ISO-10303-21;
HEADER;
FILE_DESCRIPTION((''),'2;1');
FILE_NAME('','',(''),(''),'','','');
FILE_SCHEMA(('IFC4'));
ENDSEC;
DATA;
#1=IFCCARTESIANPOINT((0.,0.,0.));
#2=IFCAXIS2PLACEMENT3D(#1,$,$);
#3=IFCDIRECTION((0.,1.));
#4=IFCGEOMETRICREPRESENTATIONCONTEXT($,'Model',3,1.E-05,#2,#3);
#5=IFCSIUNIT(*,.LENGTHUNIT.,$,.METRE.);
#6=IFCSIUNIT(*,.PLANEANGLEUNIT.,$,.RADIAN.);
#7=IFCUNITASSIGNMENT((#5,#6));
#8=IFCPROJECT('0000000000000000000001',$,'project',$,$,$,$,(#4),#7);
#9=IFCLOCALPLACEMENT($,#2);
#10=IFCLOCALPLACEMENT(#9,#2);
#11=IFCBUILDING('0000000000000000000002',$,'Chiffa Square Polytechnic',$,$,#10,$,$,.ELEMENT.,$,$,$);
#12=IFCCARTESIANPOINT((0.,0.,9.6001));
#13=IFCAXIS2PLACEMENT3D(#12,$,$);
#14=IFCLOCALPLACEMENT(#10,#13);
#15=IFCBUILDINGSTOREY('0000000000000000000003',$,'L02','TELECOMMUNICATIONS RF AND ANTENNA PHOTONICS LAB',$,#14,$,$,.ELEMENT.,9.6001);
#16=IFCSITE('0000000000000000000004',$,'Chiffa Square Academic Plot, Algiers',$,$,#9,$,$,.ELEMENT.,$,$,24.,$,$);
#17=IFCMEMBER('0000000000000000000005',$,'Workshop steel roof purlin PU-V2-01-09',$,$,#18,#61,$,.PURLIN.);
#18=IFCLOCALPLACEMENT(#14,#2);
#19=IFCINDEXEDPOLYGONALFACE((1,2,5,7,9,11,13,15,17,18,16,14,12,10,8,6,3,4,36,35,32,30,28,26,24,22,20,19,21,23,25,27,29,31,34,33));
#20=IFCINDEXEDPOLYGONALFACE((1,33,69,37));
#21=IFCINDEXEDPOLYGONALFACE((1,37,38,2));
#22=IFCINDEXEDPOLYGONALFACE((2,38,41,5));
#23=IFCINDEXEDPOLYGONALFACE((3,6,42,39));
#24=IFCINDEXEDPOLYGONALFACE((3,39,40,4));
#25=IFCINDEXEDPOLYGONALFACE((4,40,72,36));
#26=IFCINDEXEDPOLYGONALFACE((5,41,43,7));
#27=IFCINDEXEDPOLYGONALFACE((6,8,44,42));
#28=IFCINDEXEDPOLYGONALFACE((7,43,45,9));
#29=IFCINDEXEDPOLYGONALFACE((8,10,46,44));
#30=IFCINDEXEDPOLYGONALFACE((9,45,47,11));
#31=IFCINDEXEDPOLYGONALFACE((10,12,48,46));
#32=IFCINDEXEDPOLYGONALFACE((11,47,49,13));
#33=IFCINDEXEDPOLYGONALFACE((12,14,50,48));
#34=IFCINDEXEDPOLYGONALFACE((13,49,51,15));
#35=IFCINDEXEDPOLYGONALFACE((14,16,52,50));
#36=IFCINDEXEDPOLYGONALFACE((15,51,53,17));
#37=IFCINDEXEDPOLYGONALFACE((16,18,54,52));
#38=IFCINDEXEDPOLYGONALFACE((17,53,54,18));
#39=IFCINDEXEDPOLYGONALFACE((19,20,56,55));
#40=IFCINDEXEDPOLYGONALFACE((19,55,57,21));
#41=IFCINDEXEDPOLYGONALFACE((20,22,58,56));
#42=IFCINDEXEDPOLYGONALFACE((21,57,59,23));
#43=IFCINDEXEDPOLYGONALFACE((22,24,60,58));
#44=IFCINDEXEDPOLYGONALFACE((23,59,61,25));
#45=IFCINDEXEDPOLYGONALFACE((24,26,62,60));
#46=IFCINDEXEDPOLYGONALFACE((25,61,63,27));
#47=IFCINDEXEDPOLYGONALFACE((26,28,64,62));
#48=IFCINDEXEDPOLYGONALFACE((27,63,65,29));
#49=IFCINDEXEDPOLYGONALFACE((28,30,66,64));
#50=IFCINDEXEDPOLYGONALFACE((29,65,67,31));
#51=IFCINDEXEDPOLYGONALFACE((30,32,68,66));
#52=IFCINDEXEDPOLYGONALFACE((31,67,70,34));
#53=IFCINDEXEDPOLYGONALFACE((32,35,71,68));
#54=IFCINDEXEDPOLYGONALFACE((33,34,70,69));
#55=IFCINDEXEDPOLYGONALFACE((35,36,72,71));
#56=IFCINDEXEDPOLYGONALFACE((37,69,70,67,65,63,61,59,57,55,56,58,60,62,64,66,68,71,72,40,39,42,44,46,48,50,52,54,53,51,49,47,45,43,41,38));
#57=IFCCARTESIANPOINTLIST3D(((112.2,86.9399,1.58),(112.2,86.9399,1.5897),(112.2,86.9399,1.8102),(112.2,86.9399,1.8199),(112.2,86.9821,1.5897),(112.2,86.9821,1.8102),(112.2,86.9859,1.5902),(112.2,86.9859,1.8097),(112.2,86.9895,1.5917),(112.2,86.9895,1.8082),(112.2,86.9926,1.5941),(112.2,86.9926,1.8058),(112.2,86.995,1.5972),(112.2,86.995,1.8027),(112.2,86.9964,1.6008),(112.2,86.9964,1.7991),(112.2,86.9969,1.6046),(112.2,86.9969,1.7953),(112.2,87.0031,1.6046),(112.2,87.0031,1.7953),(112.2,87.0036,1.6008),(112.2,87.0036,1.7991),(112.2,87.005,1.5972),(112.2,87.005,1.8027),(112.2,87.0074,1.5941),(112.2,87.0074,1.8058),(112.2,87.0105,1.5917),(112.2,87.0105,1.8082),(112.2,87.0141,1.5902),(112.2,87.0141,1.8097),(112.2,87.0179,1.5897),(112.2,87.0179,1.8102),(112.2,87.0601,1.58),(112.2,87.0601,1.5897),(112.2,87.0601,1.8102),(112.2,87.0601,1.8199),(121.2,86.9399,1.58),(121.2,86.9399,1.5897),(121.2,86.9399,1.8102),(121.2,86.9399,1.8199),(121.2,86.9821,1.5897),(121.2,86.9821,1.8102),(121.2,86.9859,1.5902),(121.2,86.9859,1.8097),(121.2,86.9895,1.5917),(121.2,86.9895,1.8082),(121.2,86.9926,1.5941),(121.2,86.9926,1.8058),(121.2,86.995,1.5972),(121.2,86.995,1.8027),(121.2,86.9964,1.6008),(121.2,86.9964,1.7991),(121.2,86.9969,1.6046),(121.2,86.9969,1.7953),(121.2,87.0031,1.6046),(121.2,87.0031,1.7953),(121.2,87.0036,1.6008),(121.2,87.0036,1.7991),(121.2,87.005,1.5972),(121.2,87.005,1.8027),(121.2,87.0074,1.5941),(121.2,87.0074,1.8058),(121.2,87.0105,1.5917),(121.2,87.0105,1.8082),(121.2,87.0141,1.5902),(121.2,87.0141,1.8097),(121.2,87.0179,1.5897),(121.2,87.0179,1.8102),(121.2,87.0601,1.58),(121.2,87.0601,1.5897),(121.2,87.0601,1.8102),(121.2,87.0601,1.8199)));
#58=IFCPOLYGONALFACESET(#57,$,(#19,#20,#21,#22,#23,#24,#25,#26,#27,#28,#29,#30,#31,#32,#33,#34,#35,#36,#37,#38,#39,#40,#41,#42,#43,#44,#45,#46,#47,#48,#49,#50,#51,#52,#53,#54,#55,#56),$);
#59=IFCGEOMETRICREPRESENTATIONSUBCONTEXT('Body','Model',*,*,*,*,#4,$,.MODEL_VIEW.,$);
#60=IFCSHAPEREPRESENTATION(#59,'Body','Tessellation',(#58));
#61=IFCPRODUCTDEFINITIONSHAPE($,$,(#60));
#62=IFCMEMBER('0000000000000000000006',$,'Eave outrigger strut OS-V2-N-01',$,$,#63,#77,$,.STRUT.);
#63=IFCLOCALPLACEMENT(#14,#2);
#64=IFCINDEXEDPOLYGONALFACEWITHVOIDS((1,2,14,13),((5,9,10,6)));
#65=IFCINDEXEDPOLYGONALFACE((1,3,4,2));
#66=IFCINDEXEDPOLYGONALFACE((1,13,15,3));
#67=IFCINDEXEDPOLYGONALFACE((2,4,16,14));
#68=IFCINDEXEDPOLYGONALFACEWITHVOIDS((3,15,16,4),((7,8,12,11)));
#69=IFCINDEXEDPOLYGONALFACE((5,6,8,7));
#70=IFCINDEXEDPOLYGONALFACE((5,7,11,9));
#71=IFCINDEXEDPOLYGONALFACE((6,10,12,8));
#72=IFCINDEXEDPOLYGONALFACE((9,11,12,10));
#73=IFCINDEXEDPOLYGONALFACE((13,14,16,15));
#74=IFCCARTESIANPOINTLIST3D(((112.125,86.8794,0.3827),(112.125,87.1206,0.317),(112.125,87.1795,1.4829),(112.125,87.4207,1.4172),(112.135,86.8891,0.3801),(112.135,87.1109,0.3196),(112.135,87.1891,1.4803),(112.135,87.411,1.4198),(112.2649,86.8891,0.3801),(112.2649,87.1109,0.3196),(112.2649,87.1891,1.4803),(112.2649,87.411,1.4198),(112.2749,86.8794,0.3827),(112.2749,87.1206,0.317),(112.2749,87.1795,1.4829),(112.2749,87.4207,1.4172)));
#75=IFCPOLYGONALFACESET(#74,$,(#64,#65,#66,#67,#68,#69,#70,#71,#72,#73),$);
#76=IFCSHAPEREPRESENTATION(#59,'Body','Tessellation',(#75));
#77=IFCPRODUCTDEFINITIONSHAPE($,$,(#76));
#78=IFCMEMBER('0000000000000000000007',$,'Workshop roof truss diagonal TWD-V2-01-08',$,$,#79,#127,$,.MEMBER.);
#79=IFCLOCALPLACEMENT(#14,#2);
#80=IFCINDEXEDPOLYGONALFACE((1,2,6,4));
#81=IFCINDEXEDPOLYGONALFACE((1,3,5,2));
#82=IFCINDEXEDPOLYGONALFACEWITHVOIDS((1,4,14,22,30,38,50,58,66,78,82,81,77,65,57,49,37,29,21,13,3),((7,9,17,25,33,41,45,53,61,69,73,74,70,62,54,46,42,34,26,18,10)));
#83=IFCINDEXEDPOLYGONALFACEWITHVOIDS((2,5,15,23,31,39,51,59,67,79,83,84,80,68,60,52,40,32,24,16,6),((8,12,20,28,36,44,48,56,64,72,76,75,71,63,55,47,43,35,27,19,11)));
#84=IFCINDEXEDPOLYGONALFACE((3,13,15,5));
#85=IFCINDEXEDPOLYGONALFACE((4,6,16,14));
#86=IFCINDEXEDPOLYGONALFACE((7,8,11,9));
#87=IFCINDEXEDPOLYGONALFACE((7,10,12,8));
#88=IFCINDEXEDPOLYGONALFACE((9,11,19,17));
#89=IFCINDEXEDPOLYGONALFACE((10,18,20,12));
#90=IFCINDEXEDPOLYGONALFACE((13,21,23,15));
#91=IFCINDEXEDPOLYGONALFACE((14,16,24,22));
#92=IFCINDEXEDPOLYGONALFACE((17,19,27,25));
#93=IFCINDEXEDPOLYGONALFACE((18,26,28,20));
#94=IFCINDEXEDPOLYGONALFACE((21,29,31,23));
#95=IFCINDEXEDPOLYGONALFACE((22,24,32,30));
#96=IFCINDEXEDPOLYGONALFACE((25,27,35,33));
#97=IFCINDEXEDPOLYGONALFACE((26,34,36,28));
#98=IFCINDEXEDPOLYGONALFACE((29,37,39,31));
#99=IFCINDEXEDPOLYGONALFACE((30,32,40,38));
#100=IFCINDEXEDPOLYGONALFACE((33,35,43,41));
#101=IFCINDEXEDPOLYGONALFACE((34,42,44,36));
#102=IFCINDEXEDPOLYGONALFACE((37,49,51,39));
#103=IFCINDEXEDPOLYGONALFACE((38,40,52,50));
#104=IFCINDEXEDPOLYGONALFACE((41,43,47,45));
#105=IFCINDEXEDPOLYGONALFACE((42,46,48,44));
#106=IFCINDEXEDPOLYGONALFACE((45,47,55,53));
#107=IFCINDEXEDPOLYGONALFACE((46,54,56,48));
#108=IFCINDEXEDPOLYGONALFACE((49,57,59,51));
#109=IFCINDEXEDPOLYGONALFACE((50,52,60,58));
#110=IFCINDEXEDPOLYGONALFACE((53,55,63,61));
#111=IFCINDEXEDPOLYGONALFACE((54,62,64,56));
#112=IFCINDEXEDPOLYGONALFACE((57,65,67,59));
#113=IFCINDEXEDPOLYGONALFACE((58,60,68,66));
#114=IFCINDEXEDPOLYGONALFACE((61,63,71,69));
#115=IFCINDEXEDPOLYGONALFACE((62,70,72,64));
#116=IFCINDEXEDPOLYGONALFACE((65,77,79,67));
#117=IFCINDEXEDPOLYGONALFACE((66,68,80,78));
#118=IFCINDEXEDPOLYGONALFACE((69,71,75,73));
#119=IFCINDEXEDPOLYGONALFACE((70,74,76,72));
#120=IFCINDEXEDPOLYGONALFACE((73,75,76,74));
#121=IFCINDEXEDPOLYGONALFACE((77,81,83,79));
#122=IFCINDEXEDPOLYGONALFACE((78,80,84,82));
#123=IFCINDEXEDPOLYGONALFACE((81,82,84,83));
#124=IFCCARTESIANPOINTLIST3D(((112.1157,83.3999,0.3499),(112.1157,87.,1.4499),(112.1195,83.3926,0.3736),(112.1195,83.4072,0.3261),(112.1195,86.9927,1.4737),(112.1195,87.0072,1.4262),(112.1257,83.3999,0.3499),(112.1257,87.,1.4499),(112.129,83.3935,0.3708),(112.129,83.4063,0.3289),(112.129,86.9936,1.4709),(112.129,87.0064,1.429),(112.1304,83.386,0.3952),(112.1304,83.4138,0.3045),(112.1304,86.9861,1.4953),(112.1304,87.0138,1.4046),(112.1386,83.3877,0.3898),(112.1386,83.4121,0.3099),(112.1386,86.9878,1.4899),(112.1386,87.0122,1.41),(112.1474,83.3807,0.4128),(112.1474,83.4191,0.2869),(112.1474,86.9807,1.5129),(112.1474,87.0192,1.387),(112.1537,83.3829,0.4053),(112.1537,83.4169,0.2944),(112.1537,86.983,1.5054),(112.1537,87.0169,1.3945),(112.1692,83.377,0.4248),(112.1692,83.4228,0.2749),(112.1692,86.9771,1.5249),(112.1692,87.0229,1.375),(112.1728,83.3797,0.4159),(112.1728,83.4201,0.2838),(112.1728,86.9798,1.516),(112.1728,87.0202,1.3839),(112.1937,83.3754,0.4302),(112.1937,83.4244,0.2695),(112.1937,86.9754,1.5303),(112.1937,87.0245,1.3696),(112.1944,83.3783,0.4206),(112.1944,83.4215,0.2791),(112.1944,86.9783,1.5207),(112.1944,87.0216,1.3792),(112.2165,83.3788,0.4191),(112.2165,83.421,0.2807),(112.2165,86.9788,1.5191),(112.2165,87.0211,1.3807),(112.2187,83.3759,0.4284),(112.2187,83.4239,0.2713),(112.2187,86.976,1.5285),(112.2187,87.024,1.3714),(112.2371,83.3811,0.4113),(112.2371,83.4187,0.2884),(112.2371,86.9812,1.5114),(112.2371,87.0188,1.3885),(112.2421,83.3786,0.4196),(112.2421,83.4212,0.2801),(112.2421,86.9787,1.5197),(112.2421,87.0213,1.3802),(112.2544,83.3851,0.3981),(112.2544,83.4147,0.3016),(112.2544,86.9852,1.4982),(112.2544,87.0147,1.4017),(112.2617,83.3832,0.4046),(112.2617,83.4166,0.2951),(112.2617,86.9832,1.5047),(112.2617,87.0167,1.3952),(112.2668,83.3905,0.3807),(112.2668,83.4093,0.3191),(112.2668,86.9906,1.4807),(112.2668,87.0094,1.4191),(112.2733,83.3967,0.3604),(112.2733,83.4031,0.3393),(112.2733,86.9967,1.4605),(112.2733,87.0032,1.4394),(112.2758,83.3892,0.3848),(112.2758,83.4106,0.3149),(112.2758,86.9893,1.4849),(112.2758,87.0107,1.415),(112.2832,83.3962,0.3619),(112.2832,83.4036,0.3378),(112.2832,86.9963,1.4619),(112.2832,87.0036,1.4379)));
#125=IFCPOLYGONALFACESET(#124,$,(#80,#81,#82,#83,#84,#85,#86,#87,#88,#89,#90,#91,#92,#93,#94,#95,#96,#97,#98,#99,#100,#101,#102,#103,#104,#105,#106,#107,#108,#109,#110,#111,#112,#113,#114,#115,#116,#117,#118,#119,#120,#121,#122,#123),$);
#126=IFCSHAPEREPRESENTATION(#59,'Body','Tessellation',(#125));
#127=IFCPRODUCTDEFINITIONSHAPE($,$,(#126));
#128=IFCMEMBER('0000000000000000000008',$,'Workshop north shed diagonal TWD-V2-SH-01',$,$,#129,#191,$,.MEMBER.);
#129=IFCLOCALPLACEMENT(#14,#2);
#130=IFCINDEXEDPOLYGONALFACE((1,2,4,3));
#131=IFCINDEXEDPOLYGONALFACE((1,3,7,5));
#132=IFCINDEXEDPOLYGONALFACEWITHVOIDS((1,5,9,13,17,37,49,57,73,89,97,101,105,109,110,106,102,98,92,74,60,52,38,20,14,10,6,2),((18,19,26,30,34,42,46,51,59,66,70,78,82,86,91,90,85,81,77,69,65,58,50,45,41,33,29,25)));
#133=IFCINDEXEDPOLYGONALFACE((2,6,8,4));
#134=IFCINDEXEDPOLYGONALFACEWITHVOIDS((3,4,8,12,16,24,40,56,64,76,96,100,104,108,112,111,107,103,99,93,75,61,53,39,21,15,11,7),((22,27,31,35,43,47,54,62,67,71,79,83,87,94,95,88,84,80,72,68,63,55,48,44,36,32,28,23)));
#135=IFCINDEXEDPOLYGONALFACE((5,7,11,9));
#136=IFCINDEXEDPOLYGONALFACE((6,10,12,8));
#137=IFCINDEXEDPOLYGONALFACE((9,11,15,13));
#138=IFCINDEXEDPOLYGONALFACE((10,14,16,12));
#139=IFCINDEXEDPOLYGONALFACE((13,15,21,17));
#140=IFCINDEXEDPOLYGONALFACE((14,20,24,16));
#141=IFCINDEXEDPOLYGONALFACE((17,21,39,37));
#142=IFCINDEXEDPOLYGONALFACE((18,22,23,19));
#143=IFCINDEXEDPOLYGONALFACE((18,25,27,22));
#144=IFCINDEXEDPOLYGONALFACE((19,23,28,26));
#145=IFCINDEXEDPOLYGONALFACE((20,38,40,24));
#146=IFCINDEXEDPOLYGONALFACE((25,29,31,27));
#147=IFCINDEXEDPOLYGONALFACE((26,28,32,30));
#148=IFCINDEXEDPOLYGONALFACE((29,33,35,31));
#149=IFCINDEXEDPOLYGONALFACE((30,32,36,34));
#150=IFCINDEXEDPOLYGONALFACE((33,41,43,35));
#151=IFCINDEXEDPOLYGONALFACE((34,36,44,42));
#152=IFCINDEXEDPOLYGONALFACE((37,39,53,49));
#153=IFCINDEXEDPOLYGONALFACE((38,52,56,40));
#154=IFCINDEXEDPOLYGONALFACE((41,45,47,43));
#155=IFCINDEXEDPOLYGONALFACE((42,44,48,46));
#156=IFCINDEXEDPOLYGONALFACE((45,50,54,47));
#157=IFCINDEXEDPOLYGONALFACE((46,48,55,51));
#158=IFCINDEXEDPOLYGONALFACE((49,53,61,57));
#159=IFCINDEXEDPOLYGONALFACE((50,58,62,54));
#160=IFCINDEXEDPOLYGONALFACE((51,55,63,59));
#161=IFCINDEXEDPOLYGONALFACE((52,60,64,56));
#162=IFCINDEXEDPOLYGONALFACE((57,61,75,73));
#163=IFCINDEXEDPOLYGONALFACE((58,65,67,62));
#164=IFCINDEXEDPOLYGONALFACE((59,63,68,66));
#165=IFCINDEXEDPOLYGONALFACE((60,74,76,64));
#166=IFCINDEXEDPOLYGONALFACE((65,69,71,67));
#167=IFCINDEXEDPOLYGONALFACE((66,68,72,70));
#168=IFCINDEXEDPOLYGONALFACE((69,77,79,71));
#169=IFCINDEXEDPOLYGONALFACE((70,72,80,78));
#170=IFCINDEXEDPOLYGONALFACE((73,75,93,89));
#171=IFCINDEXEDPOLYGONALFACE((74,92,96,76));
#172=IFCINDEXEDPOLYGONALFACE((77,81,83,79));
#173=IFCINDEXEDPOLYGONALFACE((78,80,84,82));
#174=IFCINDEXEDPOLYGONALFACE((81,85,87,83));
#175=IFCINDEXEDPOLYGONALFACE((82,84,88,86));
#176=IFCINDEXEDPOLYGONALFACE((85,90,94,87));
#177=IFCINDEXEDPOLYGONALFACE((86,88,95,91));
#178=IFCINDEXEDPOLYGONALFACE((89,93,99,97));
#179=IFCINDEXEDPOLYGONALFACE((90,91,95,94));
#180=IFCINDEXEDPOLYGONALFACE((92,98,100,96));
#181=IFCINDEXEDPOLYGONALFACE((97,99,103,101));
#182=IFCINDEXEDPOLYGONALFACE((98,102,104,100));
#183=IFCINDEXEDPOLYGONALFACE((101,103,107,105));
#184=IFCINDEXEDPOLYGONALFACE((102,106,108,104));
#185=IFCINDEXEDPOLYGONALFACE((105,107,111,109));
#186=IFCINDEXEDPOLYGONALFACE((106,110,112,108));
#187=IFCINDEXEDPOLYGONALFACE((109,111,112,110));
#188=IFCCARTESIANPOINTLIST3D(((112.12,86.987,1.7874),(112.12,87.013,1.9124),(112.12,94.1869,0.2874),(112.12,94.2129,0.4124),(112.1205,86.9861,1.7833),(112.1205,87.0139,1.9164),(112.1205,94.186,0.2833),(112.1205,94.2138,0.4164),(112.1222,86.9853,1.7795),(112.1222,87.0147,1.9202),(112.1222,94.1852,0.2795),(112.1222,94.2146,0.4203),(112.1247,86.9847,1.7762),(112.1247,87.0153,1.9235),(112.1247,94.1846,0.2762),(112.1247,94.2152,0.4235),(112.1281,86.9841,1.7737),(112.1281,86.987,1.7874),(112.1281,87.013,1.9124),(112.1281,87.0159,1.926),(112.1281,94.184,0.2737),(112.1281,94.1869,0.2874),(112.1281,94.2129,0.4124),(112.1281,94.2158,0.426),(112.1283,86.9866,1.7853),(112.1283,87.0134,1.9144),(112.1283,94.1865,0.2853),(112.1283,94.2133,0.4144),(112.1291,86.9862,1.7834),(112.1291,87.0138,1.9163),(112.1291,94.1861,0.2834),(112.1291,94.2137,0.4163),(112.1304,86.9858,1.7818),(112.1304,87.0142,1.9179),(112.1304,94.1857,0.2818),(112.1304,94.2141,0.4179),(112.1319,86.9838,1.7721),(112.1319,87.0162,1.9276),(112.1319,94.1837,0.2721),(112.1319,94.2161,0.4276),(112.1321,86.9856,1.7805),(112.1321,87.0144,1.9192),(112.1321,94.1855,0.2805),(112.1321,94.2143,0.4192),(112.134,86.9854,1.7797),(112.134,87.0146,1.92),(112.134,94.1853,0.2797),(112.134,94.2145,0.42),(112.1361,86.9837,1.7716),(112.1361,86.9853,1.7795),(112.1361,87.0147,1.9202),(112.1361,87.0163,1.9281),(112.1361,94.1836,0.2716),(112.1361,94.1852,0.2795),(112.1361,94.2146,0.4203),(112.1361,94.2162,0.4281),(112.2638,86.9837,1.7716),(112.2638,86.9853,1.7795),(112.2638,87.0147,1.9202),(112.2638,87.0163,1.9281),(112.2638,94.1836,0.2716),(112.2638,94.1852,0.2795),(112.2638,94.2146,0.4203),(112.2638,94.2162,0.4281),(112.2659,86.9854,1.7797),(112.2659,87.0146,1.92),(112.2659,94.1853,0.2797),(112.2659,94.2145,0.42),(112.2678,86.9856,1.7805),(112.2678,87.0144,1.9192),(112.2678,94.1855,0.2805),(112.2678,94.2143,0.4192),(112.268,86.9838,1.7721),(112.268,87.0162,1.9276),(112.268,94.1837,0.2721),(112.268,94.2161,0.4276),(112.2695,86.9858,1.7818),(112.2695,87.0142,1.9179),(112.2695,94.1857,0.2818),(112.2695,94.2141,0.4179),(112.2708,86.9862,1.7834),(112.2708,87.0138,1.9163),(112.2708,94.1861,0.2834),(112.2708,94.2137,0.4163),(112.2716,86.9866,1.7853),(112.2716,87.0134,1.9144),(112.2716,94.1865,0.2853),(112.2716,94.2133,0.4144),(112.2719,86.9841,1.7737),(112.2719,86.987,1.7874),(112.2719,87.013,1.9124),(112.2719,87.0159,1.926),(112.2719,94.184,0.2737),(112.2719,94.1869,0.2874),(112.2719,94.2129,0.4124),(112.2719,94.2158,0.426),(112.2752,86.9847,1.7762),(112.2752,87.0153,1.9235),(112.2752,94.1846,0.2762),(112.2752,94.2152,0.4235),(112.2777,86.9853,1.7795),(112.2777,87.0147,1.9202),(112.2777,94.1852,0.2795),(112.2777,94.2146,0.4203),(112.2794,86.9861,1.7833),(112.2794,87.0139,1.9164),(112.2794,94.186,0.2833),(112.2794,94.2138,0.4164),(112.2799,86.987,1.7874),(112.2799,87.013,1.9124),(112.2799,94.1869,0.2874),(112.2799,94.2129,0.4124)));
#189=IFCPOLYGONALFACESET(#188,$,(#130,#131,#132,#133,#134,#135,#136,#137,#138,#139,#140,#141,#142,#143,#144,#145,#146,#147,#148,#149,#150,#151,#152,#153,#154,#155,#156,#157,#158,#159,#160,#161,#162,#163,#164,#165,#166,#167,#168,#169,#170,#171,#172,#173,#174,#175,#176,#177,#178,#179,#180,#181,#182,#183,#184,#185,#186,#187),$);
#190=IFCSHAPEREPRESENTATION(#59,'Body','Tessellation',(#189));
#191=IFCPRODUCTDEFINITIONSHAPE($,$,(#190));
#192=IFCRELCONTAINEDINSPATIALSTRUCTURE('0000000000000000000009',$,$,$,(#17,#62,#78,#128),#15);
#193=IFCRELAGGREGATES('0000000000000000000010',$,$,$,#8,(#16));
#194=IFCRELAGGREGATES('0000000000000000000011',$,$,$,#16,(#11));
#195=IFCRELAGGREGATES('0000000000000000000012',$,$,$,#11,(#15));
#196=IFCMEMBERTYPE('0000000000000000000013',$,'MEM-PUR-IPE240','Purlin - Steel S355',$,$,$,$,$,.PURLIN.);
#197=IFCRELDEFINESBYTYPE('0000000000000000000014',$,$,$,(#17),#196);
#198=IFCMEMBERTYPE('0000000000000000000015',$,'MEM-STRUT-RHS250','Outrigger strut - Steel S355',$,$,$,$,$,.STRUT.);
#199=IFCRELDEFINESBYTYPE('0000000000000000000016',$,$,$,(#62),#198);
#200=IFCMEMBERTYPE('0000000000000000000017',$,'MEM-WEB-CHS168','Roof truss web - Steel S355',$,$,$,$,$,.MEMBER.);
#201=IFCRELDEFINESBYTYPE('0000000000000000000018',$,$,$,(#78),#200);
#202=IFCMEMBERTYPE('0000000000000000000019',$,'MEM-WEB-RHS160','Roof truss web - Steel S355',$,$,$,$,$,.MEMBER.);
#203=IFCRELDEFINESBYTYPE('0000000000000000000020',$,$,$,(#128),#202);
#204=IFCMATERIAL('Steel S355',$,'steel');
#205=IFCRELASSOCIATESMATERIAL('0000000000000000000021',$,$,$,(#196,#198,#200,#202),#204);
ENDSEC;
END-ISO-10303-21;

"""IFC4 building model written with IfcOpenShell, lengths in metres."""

from ifc_helpers import new_model, si_unit, direction, frame, origin, origin_2d, place, context, subcontext, project, spatial, hollow_rectangle, hollow_circle, i_section, extrude, material, material_profile, profile_set, type_object, element, save


model = new_model("IFC4")

# Units and contexts
model_context = context("Model", 3, precision=1e-05, world=origin(), true_north=direction((0.0, 1.0)))
body_context = subcontext(model_context, "Body", "Model", "MODEL_VIEW")
ifc_project = project(units=[si_unit("LENGTHUNIT", "METRE"), si_unit("PLANEANGLEUNIT", "RADIAN")], contexts=[model_context])

# Site, building, storey
site_placement = place(None, origin())
site = spatial("IfcSite", under=ifc_project, at=site_placement, Name="Chiffa Square Academic Plot, Algiers", CompositionType="ELEMENT", RefElevation=24.0)
building_placement = place(site_placement, origin())
building = spatial("IfcBuilding", under=site, at=building_placement, Name="Chiffa Square Polytechnic", CompositionType="ELEMENT")
storey_placement = place(building_placement, frame((0.0, 0.0, 9.6001)))
storey = spatial("IfcBuildingStorey", under=building, at=storey_placement, Name="L02", Description="TELECOMMUNICATIONS RF AND ANTENNA PHOTONICS LAB", CompositionType="ELEMENT", Elevation=9.6001)

# Shared definitions
ifc_material_1 = material(Name="Steel S355", Category="steel")

# Members
ifc_material_profile_1 = material_profile(ifc_material_1, i_section(OverallWidth=0.1201, OverallDepth=0.24, WebThickness=0.0061, FlangeThickness=0.0098, FilletRadius=0.0149, at=origin_2d()), Name="IPE 240")
ifc_profile_set_1 = profile_set([ifc_material_profile_1], Name="Steel S355")
member_type_1 = type_object("IfcMemberType", Name="MEM-PUR-IPE240", Description="Purlin - Steel S355", PredefinedType="PURLIN", material=ifc_profile_set_1)
for number, where, z_axis, x_axis, name in (
    (1, (112.2, 87.0, 1.7), (1.0, 0.0, 0.0), (0.0, 1.0, 0.0), "Workshop steel roof purlin PU-V2-01-09"),
):
    element("IfcMember", number, at=place(storey_placement, frame(where, z_axis=z_axis, x_axis=x_axis)), inside=storey, type_object=member_type_1, Name=name, PredefinedType="PURLIN", context=body_context, shape_type="SweptSolid", body=[
        extrude(i_section(OverallWidth=0.1201, OverallDepth=0.24, WebThickness=0.0061, FlangeThickness=0.0098, FilletRadius=0.0149, at=origin_2d()), origin(), (0.0, 0.0, 1.0), 9.0),
    ])
ifc_material_profile_2 = material_profile(ifc_material_1, hollow_rectangle(XDim=0.1499, YDim=0.25, WallThickness=0.01, at=origin_2d()), Name="RHS 250x150x10")
ifc_profile_set_2 = profile_set([ifc_material_profile_2], Name="Steel S355")
member_type_2 = type_object("IfcMemberType", Name="MEM-STRUT-RHS250", Description="Outrigger strut - Steel S355", PredefinedType="STRUT", material=ifc_profile_set_2)
member_1_placement = place(storey_placement, frame((112.2, 87.0, 0.3499), z_axis=(0.0, 0.263136, 0.964759), x_axis=(-1.0, 0.0, 0.0)))
element("IfcMember", 2, at=member_1_placement, inside=storey, type_object=member_type_2, Name="Eave outrigger strut OS-V2-N-01", PredefinedType="STRUT", context=body_context, shape_type="SweptSolid", body=[
    extrude(hollow_rectangle(XDim=0.1499, YDim=0.25, WallThickness=0.01, at=origin_2d()), origin(), (0.0, 0.0, 1.0), 1.1404),
])
ifc_material_profile_3 = material_profile(ifc_material_1, hollow_circle(Radius=0.0842, WallThickness=0.01, at=origin_2d()), Name="CHS 168.3x10")
ifc_profile_set_3 = profile_set([ifc_material_profile_3], Name="Steel S355")
member_type_3 = type_object("IfcMemberType", Name="MEM-WEB-CHS168", Description="Roof truss web - Steel S355", PredefinedType="MEMBER", material=ifc_profile_set_3)
member_2_placement = place(storey_placement, frame((112.2, 83.3999, 0.3499), z_axis=(0.0, 0.956347, 0.292235), x_axis=(-1.0, 0.0, 0.0)))
element("IfcMember", 3, at=member_2_placement, inside=storey, type_object=member_type_3, Name="Workshop roof truss diagonal TWD-V2-01-08", PredefinedType="MEMBER", context=body_context, shape_type="SweptSolid", body=[
    extrude(hollow_circle(Radius=0.0842, WallThickness=0.01, at=origin_2d()), origin(), (0.0, 0.0, 1.0), 3.7644),
])
ifc_material_profile_4 = material_profile(ifc_material_1, hollow_rectangle(XDim=0.1599, YDim=0.1599, WallThickness=0.0081, InnerFilletRadius=0.0081, OuterFilletRadius=0.0161, at=origin_2d()), Name="RHS 160x160x8")
ifc_profile_set_4 = profile_set([ifc_material_profile_4], Name="Steel S355")
member_type_4 = type_object("IfcMemberType", Name="MEM-WEB-RHS160", Description="Roof truss web - Steel S355", PredefinedType="MEMBER", material=ifc_profile_set_4)
member_3_placement = place(storey_placement, frame((112.2, 87.0, 1.8499), z_axis=(0.0, 0.97898, -0.203956), x_axis=(-1.0, 0.0, 0.0)))
element("IfcMember", 4, at=member_3_placement, inside=storey, type_object=member_type_4, Name="Workshop north shed diagonal TWD-V2-SH-01", PredefinedType="MEMBER", context=body_context, shape_type="SweptSolid", body=[
    extrude(hollow_rectangle(XDim=0.1599, YDim=0.1599, WallThickness=0.0081, InnerFilletRadius=0.0081, OuterFilletRadius=0.0161, at=origin_2d()), origin(), (0.0, 0.0, 1.0), 7.3545),
])

save(model, "model.ifc")
